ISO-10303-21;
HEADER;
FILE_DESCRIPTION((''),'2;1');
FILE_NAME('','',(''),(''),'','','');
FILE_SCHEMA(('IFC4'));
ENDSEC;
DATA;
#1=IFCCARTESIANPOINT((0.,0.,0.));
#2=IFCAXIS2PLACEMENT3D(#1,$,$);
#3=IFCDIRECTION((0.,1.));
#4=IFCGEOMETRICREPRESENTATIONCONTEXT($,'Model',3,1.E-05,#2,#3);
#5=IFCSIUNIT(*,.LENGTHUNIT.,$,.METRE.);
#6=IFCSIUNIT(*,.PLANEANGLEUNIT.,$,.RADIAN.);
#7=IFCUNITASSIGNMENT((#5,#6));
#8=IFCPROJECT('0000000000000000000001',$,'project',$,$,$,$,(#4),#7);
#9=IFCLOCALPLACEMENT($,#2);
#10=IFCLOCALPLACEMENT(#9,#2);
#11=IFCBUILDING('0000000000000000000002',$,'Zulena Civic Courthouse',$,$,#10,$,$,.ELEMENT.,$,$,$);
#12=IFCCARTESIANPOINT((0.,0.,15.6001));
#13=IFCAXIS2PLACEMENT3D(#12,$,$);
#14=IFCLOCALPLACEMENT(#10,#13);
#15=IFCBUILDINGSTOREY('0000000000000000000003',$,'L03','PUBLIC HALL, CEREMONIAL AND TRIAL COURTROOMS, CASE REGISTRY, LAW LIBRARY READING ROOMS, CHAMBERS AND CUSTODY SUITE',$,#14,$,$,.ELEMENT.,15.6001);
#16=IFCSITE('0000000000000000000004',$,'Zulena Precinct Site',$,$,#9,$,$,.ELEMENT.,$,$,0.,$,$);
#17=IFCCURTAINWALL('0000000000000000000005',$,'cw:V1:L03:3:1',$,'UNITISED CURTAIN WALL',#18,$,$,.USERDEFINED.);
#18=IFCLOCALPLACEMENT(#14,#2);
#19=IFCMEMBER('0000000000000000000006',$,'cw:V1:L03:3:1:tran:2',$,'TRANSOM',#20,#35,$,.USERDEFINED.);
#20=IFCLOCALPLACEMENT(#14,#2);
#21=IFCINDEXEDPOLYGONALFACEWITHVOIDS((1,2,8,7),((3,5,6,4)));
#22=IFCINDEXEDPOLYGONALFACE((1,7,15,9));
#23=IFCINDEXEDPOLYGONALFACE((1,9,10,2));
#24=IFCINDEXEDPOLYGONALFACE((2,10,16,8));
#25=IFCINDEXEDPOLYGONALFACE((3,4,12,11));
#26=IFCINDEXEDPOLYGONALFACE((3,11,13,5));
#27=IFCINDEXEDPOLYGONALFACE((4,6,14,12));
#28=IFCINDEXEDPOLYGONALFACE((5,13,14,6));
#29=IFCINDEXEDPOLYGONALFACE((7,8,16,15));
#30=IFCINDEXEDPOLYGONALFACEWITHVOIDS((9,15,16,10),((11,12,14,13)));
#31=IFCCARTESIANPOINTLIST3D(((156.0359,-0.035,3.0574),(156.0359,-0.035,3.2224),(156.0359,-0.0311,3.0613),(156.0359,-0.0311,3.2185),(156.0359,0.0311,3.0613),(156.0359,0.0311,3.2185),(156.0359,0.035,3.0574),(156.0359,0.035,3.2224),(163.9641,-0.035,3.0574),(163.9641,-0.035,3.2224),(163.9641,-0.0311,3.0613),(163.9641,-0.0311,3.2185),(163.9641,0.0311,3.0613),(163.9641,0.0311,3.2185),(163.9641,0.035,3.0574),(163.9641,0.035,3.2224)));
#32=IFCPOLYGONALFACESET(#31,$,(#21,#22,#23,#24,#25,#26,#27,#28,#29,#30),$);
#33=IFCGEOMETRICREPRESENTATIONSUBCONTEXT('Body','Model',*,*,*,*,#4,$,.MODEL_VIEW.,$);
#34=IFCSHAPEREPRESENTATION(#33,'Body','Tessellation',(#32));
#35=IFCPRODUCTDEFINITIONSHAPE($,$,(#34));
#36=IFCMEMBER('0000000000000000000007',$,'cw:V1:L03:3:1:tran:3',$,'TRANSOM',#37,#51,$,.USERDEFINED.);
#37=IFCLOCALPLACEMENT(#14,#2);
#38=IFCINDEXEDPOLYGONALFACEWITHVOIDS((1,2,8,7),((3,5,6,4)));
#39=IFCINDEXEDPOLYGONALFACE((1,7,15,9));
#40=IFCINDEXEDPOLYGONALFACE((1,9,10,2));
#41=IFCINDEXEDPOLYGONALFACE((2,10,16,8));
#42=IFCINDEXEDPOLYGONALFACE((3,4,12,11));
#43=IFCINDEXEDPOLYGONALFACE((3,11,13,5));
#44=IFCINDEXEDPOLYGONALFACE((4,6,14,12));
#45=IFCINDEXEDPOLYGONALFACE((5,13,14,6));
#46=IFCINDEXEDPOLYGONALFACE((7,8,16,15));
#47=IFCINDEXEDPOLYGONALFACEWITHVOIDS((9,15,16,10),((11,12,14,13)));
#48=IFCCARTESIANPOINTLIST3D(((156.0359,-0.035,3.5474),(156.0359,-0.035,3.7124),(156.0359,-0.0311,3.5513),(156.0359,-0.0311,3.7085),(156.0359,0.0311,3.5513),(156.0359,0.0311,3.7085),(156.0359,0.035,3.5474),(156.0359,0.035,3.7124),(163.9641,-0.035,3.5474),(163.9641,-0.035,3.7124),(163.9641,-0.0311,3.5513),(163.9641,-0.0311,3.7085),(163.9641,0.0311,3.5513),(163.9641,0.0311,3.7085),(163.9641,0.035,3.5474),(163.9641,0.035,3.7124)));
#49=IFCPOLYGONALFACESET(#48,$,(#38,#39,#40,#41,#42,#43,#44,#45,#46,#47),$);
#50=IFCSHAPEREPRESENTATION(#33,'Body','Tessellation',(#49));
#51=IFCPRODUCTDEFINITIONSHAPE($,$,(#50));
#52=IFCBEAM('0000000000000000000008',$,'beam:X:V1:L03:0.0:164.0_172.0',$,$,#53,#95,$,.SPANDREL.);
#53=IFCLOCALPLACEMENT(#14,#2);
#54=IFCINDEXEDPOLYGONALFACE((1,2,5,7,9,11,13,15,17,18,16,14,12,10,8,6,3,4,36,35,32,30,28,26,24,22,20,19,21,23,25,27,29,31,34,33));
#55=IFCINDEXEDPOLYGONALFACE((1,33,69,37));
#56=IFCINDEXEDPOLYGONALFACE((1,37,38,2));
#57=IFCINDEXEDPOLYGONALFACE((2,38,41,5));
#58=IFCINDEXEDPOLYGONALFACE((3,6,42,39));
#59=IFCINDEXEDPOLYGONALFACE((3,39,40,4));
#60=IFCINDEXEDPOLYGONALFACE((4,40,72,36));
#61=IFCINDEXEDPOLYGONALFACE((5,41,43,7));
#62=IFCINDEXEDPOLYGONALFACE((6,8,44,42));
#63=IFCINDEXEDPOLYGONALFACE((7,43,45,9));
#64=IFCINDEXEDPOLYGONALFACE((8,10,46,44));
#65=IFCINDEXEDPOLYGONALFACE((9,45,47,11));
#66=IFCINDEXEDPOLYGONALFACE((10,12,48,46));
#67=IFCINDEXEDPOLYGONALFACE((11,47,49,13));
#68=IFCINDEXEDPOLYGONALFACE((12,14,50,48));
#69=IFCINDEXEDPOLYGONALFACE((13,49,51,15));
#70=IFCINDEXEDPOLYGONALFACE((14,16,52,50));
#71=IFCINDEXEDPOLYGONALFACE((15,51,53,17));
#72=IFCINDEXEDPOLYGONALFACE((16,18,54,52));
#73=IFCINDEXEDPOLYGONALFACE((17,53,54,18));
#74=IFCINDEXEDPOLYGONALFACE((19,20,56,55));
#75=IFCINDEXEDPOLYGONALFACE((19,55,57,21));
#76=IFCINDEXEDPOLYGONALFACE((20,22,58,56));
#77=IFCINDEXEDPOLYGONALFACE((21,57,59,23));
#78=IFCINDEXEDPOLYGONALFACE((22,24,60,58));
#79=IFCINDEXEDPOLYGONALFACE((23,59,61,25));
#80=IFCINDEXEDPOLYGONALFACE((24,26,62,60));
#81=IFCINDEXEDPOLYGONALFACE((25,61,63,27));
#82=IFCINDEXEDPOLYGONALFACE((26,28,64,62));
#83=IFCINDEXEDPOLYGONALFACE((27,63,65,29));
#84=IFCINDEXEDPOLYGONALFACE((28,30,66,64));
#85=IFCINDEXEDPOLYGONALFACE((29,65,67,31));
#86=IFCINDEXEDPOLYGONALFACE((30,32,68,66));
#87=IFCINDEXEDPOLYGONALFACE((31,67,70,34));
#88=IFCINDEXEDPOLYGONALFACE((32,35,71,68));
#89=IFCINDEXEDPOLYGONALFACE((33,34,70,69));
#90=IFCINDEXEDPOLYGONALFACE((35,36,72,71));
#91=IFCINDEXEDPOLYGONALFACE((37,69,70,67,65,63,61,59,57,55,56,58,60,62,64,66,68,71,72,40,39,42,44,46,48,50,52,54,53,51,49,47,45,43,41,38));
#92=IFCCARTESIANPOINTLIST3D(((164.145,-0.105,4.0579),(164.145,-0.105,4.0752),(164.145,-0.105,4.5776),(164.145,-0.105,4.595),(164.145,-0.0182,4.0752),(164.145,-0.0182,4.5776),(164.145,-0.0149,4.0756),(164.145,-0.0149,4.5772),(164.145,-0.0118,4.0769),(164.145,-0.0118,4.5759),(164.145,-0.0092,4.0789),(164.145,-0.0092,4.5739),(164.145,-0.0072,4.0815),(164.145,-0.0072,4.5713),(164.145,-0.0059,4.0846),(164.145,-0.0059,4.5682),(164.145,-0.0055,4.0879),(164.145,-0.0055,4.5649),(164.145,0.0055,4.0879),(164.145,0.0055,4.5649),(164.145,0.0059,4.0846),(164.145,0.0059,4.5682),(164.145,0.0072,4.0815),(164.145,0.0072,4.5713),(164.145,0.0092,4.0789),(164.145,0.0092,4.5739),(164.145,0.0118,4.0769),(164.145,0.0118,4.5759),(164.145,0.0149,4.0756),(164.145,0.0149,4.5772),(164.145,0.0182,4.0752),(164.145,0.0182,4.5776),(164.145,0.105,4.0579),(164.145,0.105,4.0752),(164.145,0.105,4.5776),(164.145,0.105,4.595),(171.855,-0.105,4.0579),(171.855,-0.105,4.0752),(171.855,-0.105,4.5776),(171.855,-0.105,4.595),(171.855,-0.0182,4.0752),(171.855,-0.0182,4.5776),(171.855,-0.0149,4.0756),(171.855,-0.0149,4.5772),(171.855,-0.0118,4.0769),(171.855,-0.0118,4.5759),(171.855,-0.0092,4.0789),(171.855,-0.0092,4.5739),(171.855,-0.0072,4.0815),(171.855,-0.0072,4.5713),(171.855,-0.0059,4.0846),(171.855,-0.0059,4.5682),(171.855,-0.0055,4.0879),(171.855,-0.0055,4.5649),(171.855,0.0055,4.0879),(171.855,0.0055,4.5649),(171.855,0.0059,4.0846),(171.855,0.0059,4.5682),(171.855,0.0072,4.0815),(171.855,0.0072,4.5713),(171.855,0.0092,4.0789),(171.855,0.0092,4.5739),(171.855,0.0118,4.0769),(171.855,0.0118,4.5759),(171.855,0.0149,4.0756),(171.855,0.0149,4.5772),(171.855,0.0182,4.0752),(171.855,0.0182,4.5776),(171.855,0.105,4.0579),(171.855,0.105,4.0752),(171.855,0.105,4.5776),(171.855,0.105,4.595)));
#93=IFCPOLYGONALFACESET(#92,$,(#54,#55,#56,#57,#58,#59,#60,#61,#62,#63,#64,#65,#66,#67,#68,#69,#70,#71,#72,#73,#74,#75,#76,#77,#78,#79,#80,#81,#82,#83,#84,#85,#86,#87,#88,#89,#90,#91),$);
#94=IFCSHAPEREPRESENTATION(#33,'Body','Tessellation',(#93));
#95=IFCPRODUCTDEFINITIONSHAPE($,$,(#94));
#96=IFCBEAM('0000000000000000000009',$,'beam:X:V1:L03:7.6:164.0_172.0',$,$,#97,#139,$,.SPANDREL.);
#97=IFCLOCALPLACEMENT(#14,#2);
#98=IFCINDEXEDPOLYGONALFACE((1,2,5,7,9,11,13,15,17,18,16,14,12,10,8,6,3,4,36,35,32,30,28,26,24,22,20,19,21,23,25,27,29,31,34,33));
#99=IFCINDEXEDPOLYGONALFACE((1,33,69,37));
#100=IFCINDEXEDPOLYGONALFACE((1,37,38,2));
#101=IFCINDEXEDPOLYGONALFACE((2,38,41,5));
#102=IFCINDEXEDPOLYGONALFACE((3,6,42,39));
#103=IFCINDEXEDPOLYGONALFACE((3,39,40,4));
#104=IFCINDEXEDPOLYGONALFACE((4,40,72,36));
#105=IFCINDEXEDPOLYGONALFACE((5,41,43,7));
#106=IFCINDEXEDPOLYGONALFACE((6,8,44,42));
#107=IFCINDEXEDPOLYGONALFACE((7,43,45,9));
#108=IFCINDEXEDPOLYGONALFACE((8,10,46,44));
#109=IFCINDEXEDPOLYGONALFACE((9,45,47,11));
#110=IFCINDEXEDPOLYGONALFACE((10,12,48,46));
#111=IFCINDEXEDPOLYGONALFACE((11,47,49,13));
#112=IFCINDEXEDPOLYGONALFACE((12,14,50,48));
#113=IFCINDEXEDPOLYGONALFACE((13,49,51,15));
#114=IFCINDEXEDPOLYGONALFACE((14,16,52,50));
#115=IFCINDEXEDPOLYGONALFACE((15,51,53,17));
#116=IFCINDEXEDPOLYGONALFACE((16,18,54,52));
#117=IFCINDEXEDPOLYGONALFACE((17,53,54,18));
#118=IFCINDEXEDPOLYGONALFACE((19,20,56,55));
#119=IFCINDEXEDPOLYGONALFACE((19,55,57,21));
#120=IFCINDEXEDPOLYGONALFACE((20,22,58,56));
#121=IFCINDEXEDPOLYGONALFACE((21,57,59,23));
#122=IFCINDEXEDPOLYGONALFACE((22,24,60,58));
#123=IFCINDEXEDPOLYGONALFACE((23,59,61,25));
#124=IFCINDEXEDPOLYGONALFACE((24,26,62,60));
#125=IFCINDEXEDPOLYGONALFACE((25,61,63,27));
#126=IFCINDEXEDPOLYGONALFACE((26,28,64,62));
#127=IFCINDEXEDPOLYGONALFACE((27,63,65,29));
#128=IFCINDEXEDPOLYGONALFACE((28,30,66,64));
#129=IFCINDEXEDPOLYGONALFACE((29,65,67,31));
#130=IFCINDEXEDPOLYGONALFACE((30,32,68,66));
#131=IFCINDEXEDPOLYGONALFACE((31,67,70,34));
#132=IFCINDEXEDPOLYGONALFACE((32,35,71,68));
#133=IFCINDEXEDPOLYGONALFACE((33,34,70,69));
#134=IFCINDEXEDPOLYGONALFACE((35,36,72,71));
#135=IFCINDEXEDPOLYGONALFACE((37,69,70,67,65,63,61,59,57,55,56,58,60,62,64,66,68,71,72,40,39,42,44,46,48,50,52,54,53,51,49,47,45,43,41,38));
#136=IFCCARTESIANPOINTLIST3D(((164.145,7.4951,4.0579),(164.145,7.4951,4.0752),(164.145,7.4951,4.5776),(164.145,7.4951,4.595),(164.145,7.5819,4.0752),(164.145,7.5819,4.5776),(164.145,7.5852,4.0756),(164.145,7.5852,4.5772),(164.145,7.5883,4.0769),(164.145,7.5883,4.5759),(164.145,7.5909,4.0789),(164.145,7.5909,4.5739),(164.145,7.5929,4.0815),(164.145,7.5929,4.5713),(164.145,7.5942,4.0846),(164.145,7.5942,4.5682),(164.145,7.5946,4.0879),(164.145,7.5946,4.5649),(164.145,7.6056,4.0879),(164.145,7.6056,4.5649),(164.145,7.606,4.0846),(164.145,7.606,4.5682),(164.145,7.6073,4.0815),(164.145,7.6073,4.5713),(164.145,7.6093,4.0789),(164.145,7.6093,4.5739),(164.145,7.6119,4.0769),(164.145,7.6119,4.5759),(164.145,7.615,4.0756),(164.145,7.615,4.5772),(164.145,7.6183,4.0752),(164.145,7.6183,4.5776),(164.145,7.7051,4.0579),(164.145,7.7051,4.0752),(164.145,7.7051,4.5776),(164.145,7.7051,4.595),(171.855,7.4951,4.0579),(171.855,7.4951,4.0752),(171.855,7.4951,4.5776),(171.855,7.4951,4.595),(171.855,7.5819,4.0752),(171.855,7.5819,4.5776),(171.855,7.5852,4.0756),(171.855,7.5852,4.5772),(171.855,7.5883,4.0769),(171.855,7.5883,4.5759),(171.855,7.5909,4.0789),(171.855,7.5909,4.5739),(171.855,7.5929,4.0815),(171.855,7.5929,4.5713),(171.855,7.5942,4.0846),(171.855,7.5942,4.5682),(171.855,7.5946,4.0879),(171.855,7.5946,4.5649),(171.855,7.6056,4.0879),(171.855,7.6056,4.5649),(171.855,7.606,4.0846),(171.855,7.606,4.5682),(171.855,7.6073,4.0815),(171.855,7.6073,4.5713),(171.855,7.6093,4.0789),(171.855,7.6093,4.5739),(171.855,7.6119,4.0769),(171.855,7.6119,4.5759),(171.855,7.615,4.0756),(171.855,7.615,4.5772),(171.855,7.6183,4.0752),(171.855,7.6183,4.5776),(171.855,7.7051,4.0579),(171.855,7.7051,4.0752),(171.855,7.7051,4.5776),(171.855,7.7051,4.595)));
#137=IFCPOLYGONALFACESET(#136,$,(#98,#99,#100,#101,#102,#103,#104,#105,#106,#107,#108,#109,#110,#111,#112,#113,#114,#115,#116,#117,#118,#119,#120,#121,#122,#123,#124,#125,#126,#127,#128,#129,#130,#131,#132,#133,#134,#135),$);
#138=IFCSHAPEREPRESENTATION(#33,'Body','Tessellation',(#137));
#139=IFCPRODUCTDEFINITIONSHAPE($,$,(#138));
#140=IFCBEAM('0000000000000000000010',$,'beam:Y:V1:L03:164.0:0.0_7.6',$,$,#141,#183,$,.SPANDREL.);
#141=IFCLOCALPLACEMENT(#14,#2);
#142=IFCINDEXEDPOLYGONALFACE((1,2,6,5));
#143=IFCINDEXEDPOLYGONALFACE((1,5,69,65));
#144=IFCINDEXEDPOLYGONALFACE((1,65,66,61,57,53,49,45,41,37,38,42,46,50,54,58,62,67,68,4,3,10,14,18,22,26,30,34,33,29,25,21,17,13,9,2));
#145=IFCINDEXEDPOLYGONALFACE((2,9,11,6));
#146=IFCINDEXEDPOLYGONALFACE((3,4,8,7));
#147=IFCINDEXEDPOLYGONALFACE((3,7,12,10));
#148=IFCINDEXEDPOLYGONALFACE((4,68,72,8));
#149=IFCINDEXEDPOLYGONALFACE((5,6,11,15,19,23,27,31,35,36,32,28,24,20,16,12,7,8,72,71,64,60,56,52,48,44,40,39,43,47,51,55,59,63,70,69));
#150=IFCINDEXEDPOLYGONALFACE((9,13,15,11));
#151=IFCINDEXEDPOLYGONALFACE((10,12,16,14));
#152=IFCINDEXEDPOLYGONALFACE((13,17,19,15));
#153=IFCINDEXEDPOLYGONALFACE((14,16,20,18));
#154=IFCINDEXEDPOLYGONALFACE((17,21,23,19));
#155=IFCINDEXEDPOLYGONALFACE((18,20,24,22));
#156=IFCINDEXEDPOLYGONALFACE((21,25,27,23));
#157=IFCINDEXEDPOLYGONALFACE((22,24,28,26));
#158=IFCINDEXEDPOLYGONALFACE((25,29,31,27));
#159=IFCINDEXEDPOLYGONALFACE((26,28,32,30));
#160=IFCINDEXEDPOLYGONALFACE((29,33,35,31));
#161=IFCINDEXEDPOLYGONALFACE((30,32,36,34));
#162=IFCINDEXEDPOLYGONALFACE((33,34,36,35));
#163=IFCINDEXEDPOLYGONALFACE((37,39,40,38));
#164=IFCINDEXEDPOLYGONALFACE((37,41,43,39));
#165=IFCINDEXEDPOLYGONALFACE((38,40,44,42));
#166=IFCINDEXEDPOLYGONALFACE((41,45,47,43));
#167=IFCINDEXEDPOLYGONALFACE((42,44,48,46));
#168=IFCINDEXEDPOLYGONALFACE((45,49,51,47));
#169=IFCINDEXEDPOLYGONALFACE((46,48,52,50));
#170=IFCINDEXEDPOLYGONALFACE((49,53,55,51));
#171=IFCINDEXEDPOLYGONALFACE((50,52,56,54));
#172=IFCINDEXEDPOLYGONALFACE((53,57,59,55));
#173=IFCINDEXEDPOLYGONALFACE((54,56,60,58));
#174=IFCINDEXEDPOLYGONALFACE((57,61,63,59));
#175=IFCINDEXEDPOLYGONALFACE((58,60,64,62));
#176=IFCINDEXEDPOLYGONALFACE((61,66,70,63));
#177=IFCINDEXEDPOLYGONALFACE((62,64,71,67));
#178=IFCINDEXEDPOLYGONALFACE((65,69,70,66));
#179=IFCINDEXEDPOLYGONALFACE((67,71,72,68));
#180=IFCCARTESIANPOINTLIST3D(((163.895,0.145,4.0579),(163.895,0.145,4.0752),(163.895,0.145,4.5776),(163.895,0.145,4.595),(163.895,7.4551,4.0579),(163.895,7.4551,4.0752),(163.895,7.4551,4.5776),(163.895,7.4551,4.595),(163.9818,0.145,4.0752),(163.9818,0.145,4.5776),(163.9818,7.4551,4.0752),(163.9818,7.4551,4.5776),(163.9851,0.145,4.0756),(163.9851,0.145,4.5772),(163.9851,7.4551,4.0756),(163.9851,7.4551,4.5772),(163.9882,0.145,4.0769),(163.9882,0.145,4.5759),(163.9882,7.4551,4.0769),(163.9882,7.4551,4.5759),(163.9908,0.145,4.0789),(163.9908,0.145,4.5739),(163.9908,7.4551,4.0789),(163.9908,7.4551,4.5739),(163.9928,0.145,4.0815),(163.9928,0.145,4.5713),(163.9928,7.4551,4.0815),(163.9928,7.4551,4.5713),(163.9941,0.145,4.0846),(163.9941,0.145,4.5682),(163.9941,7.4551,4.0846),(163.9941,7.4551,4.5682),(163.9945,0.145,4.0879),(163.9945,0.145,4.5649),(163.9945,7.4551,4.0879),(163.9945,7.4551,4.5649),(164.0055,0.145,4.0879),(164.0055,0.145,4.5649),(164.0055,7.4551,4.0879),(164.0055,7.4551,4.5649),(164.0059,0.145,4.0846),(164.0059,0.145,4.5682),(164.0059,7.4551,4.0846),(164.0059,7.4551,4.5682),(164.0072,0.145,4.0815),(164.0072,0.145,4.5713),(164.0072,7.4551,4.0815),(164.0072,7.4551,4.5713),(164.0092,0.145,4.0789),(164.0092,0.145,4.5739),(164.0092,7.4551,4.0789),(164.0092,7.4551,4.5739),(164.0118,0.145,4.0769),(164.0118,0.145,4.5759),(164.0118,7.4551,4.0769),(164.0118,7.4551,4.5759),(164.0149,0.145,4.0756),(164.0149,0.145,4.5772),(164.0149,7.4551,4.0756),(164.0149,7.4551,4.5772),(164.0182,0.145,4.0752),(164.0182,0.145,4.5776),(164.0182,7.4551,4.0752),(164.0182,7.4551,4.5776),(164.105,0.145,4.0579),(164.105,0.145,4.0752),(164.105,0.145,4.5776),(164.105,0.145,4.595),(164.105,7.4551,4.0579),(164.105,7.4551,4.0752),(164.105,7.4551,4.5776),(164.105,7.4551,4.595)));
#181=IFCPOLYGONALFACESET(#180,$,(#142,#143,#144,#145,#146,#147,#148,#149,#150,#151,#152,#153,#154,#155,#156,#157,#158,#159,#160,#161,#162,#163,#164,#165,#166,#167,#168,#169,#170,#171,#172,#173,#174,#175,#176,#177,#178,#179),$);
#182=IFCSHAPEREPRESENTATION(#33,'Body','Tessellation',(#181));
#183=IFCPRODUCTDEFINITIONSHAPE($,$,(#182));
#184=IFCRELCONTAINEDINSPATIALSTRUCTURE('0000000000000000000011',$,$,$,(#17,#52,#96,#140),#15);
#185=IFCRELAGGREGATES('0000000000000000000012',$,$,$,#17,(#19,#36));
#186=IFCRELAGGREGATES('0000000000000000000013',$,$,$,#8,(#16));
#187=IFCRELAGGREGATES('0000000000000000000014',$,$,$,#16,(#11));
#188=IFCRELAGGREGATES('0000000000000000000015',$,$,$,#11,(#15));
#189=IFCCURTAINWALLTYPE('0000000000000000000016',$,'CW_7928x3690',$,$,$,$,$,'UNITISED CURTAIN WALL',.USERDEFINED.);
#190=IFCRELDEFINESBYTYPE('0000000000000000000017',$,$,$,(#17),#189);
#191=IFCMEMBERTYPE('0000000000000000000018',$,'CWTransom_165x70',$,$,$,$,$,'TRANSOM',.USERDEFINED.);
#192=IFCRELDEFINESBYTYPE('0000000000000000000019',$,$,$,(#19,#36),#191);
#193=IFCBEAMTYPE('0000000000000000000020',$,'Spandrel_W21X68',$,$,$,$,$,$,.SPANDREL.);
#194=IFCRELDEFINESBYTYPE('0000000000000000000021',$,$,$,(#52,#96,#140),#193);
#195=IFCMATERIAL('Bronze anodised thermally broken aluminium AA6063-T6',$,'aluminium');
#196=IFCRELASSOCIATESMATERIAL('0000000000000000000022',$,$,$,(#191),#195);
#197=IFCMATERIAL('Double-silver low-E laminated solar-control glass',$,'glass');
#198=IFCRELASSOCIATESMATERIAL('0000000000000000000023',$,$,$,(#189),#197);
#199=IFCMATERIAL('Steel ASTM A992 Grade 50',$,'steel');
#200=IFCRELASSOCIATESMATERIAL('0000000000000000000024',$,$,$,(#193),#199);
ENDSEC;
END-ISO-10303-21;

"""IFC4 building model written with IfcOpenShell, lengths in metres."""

from ifc_helpers import new_model, si_unit, direction, frame, origin, origin_2d, place, context, subcontext, project, spatial, hollow_rectangle, i_section, extrude, material, material_profile, profile_set, type_object, element, aggregate, save


model = new_model("IFC4")

# Units and contexts
model_context = context("Model", 3, precision=1e-05, world=origin(), true_north=direction((0.0, 1.0)))
body_context = subcontext(model_context, "Body", "Model", "MODEL_VIEW")
ifc_project = project(units=[si_unit("LENGTHUNIT", "METRE"), si_unit("PLANEANGLEUNIT", "RADIAN")], contexts=[model_context])

# Site, building, storey
site_placement = place(None, origin())
site = spatial("IfcSite", under=ifc_project, at=site_placement, Name="Zulena Precinct Site", CompositionType="ELEMENT", RefElevation=0.0)
building_placement = place(site_placement, origin())
building = spatial("IfcBuilding", under=site, at=building_placement, Name="Zulena Civic Courthouse", CompositionType="ELEMENT")
storey_placement = place(building_placement, frame((0.0, 0.0, 15.6001)))
storey = spatial("IfcBuildingStorey", under=building, at=storey_placement, Name="L03", Description="PUBLIC HALL, CEREMONIAL AND TRIAL COURTROOMS, CASE REGISTRY, LAW LIBRARY READING ROOMS, CHAMBERS AND CUSTODY SUITE", CompositionType="ELEMENT", Elevation=15.6001)

# Shared definitions
ifc_material_1 = material(Name="Steel ASTM A992 Grade 50", Category="steel")

# Curtain wall, members
ifc_material_2 = material(Name="Double-silver low-E laminated solar-control glass", Category="glass")
ifc_material_3 = material(Name="Bronze anodised thermally broken aluminium AA6063-T6", Category="aluminium")
ifc_material_profile_1 = material_profile(ifc_material_3, hollow_rectangle(XDim=0.0701, YDim=0.165, WallThickness=0.0039, at=origin_2d()), Name="CWT165X70X4")
ifc_profile_set_1 = profile_set([ifc_material_profile_1], Name="Bronze anodised thermally broken aluminium AA6063-T6")
member_type_1 = type_object("IfcMemberType", Name="CWTransom_165x70", ElementType="TRANSOM", PredefinedType="USERDEFINED", material=ifc_profile_set_1)
curtain_wall_type_1 = type_object("IfcCurtainWallType", Name="CW_7928x3690", ElementType="UNITISED CURTAIN WALL", PredefinedType="USERDEFINED", material=ifc_material_2)
curtain_wall_1_placement = place(storey_placement, origin())
curtain_wall_1 = element("IfcCurtainWall", 1, at=curtain_wall_1_placement, inside=storey, type_object=curtain_wall_type_1, Name="cw:V1:L03:3:1", ObjectType="UNITISED CURTAIN WALL", PredefinedType="USERDEFINED")
member_1_placement = place(storey_placement, frame((163.9641, 0.0, 3.1399), z_axis=(-1.0, 0.0, 0.0), x_axis=(0.0, -1.0, 0.0)))
member_1 = element("IfcMember", 2, at=member_1_placement, type_object=member_type_1, Name="cw:V1:L03:3:1:tran:2", ObjectType="TRANSOM", PredefinedType="USERDEFINED", context=body_context, shape_type="SweptSolid", body=[
    extrude(hollow_rectangle(XDim=0.0701, YDim=0.165, WallThickness=0.0039, at=origin_2d()), origin(), (0.0, 0.0, 1.0), 7.9282),
])
member_2_placement = place(storey_placement, frame((163.9641, 0.0, 3.6299), z_axis=(-1.0, 0.0, 0.0), x_axis=(0.0, -1.0, 0.0)))
member_2 = element("IfcMember", 3, at=member_2_placement, type_object=member_type_1, Name="cw:V1:L03:3:1:tran:3", ObjectType="TRANSOM", PredefinedType="USERDEFINED", context=body_context, shape_type="SweptSolid", body=[
    extrude(hollow_rectangle(XDim=0.0701, YDim=0.165, WallThickness=0.0039, at=origin_2d()), origin(), (0.0, 0.0, 1.0), 7.9282),
])
aggregate(curtain_wall_1, [member_1, member_2])

# Beams
ifc_material_profile_2 = material_profile(ifc_material_1, i_section(OverallWidth=0.21, OverallDepth=0.5371, WebThickness=0.011, FlangeThickness=0.0173, FilletRadius=0.0127, at=origin_2d()), Name="W21X68")
ifc_profile_set_2 = profile_set([ifc_material_profile_2], Name="Steel ASTM A992 Grade 50")
beam_type = type_object("IfcBeamType", Name="Spandrel_W21X68", PredefinedType="SPANDREL", material=ifc_profile_set_2)
for number, where, z_axis, x_axis, name in (
    (4, (164.145, 0.0, 4.3264), (1.0, 0.0, 0.0), (0.0, 1.0, 0.0), "beam:X:V1:L03:0.0:164.0_172.0"),
    (5, (164.145, 7.6001, 4.3264), (1.0, 0.0, 0.0), (0.0, 1.0, 0.0), "beam:X:V1:L03:7.6:164.0_172.0"),
):
    element("IfcBeam", number, at=place(storey_placement, frame(where, z_axis=z_axis, x_axis=x_axis)), inside=storey, type_object=beam_type, Name=name, PredefinedType="SPANDREL", context=body_context, shape_type="SweptSolid", body=[
        extrude(i_section(OverallWidth=0.21, OverallDepth=0.5371, WebThickness=0.011, FlangeThickness=0.0173, FilletRadius=0.0127, at=origin_2d()), origin(), (0.0, 0.0, 1.0), 7.71),
    ])
for number, where, z_axis, x_axis, name in (
    (6, (164.0, 0.145, 4.3264), (0.0, 1.0, 0.0), (-1.0, 0.0, 0.0), "beam:Y:V1:L03:164.0:0.0_7.6"),
):
    element("IfcBeam", number, at=place(storey_placement, frame(where, z_axis=z_axis, x_axis=x_axis)), inside=storey, type_object=beam_type, Name=name, PredefinedType="SPANDREL", context=body_context, shape_type="SweptSolid", body=[
        extrude(i_section(OverallWidth=0.21, OverallDepth=0.5371, WebThickness=0.011, FlangeThickness=0.0173, FilletRadius=0.0127, at=origin_2d()), origin(), (0.0, 0.0, 1.0), 7.3101),
    ])

save(model, "model.ifc")
